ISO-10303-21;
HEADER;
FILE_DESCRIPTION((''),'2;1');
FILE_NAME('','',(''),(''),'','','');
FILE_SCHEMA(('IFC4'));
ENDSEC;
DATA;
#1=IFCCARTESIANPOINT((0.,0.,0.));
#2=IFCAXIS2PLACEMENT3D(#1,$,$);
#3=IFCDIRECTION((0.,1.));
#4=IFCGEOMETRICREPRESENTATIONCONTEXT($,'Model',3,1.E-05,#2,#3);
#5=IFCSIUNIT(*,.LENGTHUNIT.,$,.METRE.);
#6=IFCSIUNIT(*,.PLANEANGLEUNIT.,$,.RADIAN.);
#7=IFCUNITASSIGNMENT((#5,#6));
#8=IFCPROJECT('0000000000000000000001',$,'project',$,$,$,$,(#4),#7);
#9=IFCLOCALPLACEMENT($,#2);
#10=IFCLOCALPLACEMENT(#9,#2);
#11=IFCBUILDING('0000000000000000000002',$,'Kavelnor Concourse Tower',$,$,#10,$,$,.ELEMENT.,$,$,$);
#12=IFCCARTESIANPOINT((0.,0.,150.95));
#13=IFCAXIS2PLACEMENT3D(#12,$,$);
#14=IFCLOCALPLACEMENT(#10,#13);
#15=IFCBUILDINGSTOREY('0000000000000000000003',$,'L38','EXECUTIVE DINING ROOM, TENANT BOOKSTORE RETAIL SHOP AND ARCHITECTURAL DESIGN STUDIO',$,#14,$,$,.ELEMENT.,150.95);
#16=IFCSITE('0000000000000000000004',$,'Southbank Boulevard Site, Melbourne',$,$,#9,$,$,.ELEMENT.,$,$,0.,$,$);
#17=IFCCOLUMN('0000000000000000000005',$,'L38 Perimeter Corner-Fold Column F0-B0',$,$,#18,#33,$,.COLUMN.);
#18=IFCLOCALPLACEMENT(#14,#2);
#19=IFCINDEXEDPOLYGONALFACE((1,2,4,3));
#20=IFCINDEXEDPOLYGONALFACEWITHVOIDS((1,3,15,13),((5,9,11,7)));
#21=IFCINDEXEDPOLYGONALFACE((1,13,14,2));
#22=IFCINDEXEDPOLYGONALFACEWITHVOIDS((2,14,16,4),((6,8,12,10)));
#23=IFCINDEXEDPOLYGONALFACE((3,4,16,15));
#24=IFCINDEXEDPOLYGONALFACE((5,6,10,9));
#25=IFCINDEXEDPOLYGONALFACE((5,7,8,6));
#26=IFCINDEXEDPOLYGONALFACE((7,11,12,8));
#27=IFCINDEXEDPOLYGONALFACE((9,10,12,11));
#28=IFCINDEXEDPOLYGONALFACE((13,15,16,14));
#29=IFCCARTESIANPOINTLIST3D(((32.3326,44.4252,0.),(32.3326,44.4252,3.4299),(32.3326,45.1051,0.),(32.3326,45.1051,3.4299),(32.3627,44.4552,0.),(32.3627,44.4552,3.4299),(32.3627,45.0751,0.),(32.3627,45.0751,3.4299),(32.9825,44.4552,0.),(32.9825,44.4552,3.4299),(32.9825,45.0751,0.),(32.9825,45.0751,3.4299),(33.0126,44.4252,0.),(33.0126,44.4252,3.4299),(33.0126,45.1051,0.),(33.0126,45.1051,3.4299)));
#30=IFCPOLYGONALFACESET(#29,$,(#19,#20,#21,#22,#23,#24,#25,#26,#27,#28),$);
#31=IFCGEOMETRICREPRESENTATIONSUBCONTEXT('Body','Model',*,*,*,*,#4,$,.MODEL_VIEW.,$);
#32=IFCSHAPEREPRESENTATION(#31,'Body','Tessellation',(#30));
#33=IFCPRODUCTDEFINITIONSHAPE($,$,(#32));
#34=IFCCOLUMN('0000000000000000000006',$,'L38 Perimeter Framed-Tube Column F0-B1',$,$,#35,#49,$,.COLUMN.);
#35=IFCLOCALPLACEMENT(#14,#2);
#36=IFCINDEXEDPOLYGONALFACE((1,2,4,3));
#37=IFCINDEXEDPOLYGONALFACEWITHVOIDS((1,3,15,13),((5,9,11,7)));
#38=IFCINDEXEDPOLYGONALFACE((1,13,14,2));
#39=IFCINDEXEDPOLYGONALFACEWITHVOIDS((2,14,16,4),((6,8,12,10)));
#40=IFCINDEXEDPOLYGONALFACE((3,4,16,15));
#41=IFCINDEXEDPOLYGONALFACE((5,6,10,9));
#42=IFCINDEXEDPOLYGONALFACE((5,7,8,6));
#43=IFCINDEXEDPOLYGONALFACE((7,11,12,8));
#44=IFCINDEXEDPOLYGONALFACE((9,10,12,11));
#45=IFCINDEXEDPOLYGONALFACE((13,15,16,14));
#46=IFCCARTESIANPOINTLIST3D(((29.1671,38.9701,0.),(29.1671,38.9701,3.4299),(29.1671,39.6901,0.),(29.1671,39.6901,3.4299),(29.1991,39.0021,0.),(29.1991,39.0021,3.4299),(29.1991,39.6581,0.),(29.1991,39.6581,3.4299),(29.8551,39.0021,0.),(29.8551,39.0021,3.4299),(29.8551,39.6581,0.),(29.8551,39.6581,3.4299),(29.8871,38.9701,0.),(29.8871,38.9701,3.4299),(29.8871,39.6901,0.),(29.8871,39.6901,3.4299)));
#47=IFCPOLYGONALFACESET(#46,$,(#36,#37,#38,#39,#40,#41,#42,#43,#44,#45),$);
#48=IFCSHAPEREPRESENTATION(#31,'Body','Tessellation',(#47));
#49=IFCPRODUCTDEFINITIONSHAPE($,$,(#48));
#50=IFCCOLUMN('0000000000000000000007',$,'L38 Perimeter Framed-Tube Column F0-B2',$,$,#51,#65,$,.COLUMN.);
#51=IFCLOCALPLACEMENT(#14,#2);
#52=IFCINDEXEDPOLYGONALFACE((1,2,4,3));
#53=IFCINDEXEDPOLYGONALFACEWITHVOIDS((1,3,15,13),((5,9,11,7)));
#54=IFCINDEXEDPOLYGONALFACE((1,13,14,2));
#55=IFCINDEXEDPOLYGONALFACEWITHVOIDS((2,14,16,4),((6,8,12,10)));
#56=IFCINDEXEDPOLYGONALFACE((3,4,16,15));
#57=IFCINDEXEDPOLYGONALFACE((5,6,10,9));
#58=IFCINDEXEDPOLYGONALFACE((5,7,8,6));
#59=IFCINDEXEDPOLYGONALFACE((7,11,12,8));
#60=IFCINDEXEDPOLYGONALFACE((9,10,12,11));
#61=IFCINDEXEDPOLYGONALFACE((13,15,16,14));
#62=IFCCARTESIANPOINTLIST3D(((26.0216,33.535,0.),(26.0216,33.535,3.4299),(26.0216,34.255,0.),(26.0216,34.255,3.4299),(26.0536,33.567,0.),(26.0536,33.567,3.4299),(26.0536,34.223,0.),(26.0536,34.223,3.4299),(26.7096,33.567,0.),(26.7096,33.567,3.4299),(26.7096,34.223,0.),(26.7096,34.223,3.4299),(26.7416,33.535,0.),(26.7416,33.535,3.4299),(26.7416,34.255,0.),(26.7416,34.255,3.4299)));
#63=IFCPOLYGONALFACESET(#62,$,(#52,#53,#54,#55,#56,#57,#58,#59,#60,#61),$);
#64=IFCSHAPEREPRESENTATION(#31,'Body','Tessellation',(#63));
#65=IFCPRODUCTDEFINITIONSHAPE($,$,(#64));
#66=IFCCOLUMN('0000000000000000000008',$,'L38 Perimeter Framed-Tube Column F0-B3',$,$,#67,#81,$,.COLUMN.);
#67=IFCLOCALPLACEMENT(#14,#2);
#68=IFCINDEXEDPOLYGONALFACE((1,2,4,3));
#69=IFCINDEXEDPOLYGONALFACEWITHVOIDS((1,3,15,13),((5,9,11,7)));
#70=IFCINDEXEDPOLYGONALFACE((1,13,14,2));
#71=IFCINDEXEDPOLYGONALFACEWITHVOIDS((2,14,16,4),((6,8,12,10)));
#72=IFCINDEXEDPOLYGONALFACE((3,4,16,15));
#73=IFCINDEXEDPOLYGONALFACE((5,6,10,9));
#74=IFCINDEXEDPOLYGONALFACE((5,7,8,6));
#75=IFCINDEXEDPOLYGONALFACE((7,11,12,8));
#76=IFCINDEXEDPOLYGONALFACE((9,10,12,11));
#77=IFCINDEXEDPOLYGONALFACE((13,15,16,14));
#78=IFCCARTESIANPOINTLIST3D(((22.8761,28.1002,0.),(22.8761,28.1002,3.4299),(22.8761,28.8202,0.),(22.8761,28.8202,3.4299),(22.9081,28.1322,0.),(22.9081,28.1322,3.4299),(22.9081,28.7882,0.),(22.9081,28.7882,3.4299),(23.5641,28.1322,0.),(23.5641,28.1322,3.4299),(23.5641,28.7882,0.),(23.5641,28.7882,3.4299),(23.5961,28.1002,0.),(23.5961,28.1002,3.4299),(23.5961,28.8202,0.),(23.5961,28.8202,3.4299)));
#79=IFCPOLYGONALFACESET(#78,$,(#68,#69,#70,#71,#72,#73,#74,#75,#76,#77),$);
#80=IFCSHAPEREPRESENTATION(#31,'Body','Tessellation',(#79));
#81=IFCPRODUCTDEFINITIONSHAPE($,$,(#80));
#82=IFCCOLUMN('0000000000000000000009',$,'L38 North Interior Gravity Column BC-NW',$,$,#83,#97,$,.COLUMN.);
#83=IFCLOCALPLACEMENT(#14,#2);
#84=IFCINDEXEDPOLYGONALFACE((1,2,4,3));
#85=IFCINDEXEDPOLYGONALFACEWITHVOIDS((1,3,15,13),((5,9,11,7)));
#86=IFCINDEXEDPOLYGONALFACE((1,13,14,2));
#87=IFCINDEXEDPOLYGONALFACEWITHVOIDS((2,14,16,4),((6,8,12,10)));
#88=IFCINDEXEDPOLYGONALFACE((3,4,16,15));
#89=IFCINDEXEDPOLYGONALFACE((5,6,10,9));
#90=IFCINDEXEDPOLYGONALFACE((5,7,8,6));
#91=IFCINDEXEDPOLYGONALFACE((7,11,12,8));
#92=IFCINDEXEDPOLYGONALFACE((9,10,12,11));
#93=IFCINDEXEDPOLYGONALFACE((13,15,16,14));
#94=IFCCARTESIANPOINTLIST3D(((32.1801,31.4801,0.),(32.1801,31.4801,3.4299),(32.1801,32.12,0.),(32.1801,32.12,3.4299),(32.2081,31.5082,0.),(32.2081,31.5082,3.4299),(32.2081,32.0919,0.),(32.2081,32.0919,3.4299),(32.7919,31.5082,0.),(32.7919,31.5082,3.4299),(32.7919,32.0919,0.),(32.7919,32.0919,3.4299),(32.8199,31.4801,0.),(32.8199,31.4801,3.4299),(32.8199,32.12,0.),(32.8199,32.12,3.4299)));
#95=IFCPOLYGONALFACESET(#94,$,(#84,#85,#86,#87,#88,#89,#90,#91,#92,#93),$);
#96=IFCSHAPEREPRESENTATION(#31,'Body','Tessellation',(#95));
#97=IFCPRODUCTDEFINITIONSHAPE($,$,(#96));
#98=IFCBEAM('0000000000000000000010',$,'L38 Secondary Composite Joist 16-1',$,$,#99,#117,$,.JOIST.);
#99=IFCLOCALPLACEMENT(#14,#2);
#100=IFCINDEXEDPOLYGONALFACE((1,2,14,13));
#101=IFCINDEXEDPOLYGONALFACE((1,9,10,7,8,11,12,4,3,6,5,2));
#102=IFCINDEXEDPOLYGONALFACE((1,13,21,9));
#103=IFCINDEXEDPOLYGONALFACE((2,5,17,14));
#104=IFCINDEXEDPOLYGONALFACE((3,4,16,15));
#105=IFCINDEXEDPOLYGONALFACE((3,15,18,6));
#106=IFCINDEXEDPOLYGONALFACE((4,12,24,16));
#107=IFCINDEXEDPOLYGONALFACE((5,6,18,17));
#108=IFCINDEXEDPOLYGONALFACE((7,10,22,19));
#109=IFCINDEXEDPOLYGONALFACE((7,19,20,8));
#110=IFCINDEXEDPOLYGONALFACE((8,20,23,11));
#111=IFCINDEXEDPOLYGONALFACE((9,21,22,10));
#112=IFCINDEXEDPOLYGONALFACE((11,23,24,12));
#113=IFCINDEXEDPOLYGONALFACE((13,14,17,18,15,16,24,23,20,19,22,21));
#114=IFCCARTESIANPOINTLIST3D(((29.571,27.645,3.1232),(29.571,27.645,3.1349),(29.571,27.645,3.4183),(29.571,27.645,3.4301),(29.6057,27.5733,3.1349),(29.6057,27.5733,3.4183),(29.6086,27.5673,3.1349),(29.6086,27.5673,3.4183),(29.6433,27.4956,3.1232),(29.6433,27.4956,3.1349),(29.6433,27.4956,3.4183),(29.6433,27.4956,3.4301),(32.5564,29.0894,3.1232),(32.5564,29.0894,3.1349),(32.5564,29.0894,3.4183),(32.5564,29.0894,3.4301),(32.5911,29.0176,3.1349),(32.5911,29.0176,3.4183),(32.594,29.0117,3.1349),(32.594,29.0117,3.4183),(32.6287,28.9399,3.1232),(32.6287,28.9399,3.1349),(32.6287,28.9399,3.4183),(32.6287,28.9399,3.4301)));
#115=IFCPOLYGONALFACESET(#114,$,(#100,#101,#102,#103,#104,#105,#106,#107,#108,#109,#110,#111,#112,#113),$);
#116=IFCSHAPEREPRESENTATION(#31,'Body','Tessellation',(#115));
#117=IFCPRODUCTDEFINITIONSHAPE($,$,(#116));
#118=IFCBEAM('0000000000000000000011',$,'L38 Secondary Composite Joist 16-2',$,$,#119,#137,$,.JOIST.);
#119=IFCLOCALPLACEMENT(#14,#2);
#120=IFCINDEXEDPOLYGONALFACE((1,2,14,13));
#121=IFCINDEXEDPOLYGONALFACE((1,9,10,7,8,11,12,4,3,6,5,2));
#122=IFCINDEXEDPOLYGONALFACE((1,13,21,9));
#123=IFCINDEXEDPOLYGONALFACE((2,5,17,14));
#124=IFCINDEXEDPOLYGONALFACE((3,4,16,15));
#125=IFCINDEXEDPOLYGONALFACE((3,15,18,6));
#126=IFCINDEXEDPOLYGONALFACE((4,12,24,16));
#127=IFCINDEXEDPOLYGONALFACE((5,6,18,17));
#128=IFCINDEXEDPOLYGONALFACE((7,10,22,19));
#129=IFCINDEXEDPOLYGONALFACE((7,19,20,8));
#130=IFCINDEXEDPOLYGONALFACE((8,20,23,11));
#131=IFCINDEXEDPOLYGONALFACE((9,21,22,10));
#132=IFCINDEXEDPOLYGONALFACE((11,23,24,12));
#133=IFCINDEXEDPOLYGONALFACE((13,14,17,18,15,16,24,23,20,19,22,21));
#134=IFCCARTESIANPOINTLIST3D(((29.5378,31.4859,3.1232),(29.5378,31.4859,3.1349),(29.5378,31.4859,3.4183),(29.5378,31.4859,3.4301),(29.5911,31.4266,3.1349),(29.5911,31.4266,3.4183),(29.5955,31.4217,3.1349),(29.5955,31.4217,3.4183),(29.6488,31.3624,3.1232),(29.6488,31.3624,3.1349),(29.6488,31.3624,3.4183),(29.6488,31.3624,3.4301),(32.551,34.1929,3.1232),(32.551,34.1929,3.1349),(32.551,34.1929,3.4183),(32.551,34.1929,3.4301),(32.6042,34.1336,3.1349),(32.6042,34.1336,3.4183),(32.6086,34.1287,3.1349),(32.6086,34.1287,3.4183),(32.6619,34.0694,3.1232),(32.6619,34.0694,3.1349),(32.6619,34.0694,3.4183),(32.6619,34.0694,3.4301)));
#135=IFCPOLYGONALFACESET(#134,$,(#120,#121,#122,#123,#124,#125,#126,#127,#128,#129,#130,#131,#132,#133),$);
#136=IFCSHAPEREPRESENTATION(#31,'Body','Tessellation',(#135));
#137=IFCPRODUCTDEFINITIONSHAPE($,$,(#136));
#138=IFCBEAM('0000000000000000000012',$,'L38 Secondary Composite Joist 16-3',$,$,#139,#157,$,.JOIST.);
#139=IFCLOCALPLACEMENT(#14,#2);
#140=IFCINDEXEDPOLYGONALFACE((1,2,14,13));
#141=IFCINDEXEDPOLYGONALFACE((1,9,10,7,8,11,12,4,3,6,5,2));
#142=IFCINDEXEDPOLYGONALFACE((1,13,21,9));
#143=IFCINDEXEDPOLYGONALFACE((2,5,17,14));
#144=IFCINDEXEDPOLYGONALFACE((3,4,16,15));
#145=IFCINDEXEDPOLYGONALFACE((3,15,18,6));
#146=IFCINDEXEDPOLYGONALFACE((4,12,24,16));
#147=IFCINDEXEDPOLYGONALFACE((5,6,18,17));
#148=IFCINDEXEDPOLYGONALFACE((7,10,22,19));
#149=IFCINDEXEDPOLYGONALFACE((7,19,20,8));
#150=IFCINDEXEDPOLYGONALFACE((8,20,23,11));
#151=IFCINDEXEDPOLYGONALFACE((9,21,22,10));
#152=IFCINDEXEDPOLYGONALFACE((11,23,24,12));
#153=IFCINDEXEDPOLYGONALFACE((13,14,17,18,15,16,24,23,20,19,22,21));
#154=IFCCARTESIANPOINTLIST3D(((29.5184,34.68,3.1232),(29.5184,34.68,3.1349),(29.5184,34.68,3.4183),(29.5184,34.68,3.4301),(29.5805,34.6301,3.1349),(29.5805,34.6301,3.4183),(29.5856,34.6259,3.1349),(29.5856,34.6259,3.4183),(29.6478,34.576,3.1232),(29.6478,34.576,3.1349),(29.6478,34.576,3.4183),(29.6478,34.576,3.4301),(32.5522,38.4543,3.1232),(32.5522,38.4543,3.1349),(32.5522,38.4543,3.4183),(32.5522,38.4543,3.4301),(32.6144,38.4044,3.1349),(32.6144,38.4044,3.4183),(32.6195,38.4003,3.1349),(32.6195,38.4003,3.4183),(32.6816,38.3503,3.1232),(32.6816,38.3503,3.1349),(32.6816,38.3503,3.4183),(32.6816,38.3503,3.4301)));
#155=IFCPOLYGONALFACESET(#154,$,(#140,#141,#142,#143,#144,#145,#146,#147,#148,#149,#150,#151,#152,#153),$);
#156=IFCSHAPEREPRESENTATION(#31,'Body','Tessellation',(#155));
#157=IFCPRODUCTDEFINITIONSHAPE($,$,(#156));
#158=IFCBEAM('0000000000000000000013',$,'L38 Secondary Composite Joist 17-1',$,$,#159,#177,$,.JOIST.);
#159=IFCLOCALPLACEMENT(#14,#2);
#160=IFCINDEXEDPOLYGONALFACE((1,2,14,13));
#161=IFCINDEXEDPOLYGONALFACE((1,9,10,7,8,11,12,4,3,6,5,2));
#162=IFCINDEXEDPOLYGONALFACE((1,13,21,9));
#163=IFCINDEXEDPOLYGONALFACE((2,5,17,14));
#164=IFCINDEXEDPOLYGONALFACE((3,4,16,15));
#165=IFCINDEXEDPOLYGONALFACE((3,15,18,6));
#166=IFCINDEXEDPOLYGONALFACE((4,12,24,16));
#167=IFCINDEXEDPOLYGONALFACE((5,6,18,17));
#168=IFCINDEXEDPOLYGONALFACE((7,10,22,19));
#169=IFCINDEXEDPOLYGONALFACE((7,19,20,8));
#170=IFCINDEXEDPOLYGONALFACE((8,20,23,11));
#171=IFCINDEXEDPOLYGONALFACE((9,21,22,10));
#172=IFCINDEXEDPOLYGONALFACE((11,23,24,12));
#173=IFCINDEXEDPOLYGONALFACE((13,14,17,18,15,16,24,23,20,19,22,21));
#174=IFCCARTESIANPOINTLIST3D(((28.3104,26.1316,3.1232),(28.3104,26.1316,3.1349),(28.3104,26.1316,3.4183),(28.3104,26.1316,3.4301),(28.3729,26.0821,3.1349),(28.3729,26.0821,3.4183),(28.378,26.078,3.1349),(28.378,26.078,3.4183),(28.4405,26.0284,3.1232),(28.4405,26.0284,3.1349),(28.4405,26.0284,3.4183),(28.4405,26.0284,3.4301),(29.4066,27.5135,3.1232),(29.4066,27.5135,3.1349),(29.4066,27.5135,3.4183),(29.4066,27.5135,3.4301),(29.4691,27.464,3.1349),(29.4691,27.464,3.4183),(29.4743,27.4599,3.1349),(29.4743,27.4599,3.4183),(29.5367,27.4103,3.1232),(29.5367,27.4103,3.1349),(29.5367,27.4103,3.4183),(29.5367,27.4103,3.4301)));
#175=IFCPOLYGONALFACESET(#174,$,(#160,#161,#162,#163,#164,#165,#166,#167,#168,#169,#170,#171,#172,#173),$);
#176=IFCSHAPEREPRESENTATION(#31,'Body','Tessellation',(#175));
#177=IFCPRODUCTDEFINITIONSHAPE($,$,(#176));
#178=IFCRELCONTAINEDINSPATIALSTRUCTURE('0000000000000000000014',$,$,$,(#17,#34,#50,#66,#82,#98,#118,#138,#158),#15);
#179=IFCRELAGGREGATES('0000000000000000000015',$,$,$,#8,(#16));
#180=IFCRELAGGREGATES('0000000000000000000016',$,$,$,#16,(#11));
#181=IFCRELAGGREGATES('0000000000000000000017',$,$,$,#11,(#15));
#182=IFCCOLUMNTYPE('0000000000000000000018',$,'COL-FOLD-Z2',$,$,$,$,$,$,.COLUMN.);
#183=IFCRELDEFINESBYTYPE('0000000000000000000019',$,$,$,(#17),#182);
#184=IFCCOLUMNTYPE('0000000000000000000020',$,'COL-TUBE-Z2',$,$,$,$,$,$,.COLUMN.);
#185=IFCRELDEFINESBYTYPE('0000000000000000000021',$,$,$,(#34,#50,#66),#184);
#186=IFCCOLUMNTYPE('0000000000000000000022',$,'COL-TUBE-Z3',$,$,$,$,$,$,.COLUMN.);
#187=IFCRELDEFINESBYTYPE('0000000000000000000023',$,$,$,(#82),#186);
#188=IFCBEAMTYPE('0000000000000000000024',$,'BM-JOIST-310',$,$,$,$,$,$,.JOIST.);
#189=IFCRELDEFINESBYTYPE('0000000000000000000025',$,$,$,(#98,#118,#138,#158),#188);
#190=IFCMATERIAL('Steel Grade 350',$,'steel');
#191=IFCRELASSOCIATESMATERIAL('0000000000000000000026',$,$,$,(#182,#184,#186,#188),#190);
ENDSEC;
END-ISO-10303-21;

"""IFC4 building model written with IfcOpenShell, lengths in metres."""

from ifc_helpers import new_model, si_unit, direction, frame, origin, origin_2d, place, context, subcontext, project, spatial, hollow_rectangle, i_section, extrude, material, material_profile, profile_set, type_object, element, save


model = new_model("IFC4")

# Units and contexts
model_context = context("Model", 3, precision=1e-05, world=origin(), true_north=direction((0.0, 1.0)))
body_context = subcontext(model_context, "Body", "Model", "MODEL_VIEW")
ifc_project = project(units=[si_unit("LENGTHUNIT", "METRE"), si_unit("PLANEANGLEUNIT", "RADIAN")], contexts=[model_context])

# Site, building, storey
site_placement = place(None, origin())
site = spatial("IfcSite", under=ifc_project, at=site_placement, Name="Southbank Boulevard Site, Melbourne", CompositionType="ELEMENT", RefElevation=0.0)
building_placement = place(site_placement, origin())
building = spatial("IfcBuilding", under=site, at=building_placement, Name="Kavelnor Concourse Tower", CompositionType="ELEMENT")
storey_placement = place(building_placement, frame((0.0, 0.0, 150.95)))
storey = spatial("IfcBuildingStorey", under=building, at=storey_placement, Name="L38", Description="EXECUTIVE DINING ROOM, TENANT BOOKSTORE RETAIL SHOP AND ARCHITECTURAL DESIGN STUDIO", CompositionType="ELEMENT", Elevation=150.95)

# Columns
ifc_material_1 = material(Name="Steel Grade 350", Category="steel")
ifc_material_profile_1 = material_profile(ifc_material_1, hollow_rectangle(XDim=0.6799, YDim=0.6799, WallThickness=0.03, at=origin_2d()), Name="SHS 680x680x30")
ifc_profile_set_1 = profile_set([ifc_material_profile_1], Name="Steel Grade 350")
column_type_1 = type_object("IfcColumnType", Name="COL-FOLD-Z2", PredefinedType="COLUMN", material=ifc_profile_set_1)
column_1_placement = place(storey_placement, frame((32.6726, 44.7651, 0.0), z_axis=(0.0, 0.0, 1.0), x_axis=(1.0, 0.0, 0.0)))
element("IfcColumn", 1, at=column_1_placement, inside=storey, type_object=column_type_1, Name="L38 Perimeter Corner-Fold Column F0-B0", PredefinedType="COLUMN", context=body_context, shape_type="SweptSolid", body=[
    extrude(hollow_rectangle(XDim=0.6799, YDim=0.6799, WallThickness=0.03, at=origin_2d()), origin(), (0.0, 0.0, 1.0), 3.4299),
])
ifc_material_profile_2 = material_profile(ifc_material_1, hollow_rectangle(XDim=0.72, YDim=0.72, WallThickness=0.032, at=origin_2d()), Name="SHS 720x720x32")
ifc_profile_set_2 = profile_set([ifc_material_profile_2], Name="Steel Grade 350")
column_type_2 = type_object("IfcColumnType", Name="COL-TUBE-Z2", PredefinedType="COLUMN", material=ifc_profile_set_2)
for number, where, z_axis, x_axis, name in (
    (2, (29.5271, 39.3301, 0.0), (0.0, 0.0, 1.0), (1.0, 0.0, 0.0), "L38 Perimeter Framed-Tube Column F0-B1"),
    (3, (26.3816, 33.895, 0.0), (0.0, 0.0, 1.0), (1.0, 0.0, 0.0), "L38 Perimeter Framed-Tube Column F0-B2"),
    (4, (23.2361, 28.4602, 0.0), (0.0, 0.0, 1.0), (1.0, 0.0, 0.0), "L38 Perimeter Framed-Tube Column F0-B3"),
):
    element("IfcColumn", number, at=place(storey_placement, frame(where, z_axis=z_axis, x_axis=x_axis)), inside=storey, type_object=column_type_2, Name=name, PredefinedType="COLUMN", context=body_context, shape_type="SweptSolid", body=[
        extrude(hollow_rectangle(XDim=0.72, YDim=0.72, WallThickness=0.032, at=origin_2d()), origin(), (0.0, 0.0, 1.0), 3.4299),
    ])
ifc_material_profile_3 = material_profile(ifc_material_1, hollow_rectangle(XDim=0.6399, YDim=0.6399, WallThickness=0.0281, at=origin_2d()), Name="SHS 640x640x28")
ifc_profile_set_3 = profile_set([ifc_material_profile_3], Name="Steel Grade 350")
column_type_3 = type_object("IfcColumnType", Name="COL-TUBE-Z3", PredefinedType="COLUMN", material=ifc_profile_set_3)
column_2_placement = place(storey_placement, frame((32.5, 31.8, 0.0), z_axis=(0.0, 0.0, 1.0), x_axis=(1.0, 0.0, 0.0)))
element("IfcColumn", 5, at=column_2_placement, inside=storey, type_object=column_type_3, Name="L38 North Interior Gravity Column BC-NW", PredefinedType="COLUMN", context=body_context, shape_type="SweptSolid", body=[
    extrude(hollow_rectangle(XDim=0.6399, YDim=0.6399, WallThickness=0.0281, at=origin_2d()), origin(), (0.0, 0.0, 1.0), 3.4299),
])

# Beams
ifc_material_profile_4 = material_profile(ifc_material_1, i_section(OverallWidth=0.166, OverallDepth=0.3069, WebThickness=0.0066, FlangeThickness=0.0117, at=origin_2d()), Name="310UB46")
ifc_profile_set_4 = profile_set([ifc_material_profile_4], Name="Steel Grade 350")
beam_type_1 = type_object("IfcBeamType", Name="BM-JOIST-310", PredefinedType="JOIST", material=ifc_profile_set_4)
beam_1_placement = place(storey_placement, frame((32.5925, 29.0146, 3.2766), z_axis=(-0.900182, -0.435515, 0.0), x_axis=(0.435515, -0.900182, 0.0)))
element("IfcBeam", 6, at=beam_1_placement, inside=storey, type_object=beam_type_1, Name="L38 Secondary Composite Joist 16-1", PredefinedType="JOIST", context=body_context, shape_type="SweptSolid", body=[
    extrude(i_section(OverallWidth=0.166, OverallDepth=0.3069, WebThickness=0.0066, FlangeThickness=0.0117, at=origin_2d()), origin(), (0.0, 0.0, 1.0), 3.3164),
])
beam_2_placement = place(storey_placement, frame((32.6064, 34.1311, 3.2766), z_axis=(-0.743887, -0.668305, 0.0), x_axis=(0.668305, -0.743887, 0.0)))
element("IfcBeam", 7, at=beam_2_placement, inside=storey, type_object=beam_type_1, Name="L38 Secondary Composite Joist 16-2", PredefinedType="JOIST", context=body_context, shape_type="SweptSolid", body=[
    extrude(i_section(OverallWidth=0.166, OverallDepth=0.3069, WebThickness=0.0066, FlangeThickness=0.0117, at=origin_2d()), origin(), (0.0, 0.0, 1.0), 4.0505),
])
beam_3_placement = place(storey_placement, frame((32.6169, 38.4023, 3.2766), z_axis=(-0.626507, -0.779416, 0.0), x_axis=(0.779416, -0.626507, 0.0)))
element("IfcBeam", 8, at=beam_3_placement, inside=storey, type_object=beam_type_1, Name="L38 Secondary Composite Joist 16-3", PredefinedType="JOIST", context=body_context, shape_type="SweptSolid", body=[
    extrude(i_section(OverallWidth=0.166, OverallDepth=0.3069, WebThickness=0.0066, FlangeThickness=0.0117, at=origin_2d()), origin(), (0.0, 0.0, 1.0), 4.8425),
])
beam_4_placement = place(storey_placement, frame((29.4717, 27.4619, 3.2766), z_axis=(-0.621483, -0.783428, 0.0), x_axis=(0.783428, -0.621483, 0.0)))
element("IfcBeam", 9, at=beam_4_placement, inside=storey, type_object=beam_type_1, Name="L38 Secondary Composite Joist 17-1", PredefinedType="JOIST", context=body_context, shape_type="SweptSolid", body=[
    extrude(i_section(OverallWidth=0.166, OverallDepth=0.3069, WebThickness=0.0066, FlangeThickness=0.0117, at=origin_2d()), origin(), (0.0, 0.0, 1.0), 1.7639),
])

save(model, "model.ifc")
